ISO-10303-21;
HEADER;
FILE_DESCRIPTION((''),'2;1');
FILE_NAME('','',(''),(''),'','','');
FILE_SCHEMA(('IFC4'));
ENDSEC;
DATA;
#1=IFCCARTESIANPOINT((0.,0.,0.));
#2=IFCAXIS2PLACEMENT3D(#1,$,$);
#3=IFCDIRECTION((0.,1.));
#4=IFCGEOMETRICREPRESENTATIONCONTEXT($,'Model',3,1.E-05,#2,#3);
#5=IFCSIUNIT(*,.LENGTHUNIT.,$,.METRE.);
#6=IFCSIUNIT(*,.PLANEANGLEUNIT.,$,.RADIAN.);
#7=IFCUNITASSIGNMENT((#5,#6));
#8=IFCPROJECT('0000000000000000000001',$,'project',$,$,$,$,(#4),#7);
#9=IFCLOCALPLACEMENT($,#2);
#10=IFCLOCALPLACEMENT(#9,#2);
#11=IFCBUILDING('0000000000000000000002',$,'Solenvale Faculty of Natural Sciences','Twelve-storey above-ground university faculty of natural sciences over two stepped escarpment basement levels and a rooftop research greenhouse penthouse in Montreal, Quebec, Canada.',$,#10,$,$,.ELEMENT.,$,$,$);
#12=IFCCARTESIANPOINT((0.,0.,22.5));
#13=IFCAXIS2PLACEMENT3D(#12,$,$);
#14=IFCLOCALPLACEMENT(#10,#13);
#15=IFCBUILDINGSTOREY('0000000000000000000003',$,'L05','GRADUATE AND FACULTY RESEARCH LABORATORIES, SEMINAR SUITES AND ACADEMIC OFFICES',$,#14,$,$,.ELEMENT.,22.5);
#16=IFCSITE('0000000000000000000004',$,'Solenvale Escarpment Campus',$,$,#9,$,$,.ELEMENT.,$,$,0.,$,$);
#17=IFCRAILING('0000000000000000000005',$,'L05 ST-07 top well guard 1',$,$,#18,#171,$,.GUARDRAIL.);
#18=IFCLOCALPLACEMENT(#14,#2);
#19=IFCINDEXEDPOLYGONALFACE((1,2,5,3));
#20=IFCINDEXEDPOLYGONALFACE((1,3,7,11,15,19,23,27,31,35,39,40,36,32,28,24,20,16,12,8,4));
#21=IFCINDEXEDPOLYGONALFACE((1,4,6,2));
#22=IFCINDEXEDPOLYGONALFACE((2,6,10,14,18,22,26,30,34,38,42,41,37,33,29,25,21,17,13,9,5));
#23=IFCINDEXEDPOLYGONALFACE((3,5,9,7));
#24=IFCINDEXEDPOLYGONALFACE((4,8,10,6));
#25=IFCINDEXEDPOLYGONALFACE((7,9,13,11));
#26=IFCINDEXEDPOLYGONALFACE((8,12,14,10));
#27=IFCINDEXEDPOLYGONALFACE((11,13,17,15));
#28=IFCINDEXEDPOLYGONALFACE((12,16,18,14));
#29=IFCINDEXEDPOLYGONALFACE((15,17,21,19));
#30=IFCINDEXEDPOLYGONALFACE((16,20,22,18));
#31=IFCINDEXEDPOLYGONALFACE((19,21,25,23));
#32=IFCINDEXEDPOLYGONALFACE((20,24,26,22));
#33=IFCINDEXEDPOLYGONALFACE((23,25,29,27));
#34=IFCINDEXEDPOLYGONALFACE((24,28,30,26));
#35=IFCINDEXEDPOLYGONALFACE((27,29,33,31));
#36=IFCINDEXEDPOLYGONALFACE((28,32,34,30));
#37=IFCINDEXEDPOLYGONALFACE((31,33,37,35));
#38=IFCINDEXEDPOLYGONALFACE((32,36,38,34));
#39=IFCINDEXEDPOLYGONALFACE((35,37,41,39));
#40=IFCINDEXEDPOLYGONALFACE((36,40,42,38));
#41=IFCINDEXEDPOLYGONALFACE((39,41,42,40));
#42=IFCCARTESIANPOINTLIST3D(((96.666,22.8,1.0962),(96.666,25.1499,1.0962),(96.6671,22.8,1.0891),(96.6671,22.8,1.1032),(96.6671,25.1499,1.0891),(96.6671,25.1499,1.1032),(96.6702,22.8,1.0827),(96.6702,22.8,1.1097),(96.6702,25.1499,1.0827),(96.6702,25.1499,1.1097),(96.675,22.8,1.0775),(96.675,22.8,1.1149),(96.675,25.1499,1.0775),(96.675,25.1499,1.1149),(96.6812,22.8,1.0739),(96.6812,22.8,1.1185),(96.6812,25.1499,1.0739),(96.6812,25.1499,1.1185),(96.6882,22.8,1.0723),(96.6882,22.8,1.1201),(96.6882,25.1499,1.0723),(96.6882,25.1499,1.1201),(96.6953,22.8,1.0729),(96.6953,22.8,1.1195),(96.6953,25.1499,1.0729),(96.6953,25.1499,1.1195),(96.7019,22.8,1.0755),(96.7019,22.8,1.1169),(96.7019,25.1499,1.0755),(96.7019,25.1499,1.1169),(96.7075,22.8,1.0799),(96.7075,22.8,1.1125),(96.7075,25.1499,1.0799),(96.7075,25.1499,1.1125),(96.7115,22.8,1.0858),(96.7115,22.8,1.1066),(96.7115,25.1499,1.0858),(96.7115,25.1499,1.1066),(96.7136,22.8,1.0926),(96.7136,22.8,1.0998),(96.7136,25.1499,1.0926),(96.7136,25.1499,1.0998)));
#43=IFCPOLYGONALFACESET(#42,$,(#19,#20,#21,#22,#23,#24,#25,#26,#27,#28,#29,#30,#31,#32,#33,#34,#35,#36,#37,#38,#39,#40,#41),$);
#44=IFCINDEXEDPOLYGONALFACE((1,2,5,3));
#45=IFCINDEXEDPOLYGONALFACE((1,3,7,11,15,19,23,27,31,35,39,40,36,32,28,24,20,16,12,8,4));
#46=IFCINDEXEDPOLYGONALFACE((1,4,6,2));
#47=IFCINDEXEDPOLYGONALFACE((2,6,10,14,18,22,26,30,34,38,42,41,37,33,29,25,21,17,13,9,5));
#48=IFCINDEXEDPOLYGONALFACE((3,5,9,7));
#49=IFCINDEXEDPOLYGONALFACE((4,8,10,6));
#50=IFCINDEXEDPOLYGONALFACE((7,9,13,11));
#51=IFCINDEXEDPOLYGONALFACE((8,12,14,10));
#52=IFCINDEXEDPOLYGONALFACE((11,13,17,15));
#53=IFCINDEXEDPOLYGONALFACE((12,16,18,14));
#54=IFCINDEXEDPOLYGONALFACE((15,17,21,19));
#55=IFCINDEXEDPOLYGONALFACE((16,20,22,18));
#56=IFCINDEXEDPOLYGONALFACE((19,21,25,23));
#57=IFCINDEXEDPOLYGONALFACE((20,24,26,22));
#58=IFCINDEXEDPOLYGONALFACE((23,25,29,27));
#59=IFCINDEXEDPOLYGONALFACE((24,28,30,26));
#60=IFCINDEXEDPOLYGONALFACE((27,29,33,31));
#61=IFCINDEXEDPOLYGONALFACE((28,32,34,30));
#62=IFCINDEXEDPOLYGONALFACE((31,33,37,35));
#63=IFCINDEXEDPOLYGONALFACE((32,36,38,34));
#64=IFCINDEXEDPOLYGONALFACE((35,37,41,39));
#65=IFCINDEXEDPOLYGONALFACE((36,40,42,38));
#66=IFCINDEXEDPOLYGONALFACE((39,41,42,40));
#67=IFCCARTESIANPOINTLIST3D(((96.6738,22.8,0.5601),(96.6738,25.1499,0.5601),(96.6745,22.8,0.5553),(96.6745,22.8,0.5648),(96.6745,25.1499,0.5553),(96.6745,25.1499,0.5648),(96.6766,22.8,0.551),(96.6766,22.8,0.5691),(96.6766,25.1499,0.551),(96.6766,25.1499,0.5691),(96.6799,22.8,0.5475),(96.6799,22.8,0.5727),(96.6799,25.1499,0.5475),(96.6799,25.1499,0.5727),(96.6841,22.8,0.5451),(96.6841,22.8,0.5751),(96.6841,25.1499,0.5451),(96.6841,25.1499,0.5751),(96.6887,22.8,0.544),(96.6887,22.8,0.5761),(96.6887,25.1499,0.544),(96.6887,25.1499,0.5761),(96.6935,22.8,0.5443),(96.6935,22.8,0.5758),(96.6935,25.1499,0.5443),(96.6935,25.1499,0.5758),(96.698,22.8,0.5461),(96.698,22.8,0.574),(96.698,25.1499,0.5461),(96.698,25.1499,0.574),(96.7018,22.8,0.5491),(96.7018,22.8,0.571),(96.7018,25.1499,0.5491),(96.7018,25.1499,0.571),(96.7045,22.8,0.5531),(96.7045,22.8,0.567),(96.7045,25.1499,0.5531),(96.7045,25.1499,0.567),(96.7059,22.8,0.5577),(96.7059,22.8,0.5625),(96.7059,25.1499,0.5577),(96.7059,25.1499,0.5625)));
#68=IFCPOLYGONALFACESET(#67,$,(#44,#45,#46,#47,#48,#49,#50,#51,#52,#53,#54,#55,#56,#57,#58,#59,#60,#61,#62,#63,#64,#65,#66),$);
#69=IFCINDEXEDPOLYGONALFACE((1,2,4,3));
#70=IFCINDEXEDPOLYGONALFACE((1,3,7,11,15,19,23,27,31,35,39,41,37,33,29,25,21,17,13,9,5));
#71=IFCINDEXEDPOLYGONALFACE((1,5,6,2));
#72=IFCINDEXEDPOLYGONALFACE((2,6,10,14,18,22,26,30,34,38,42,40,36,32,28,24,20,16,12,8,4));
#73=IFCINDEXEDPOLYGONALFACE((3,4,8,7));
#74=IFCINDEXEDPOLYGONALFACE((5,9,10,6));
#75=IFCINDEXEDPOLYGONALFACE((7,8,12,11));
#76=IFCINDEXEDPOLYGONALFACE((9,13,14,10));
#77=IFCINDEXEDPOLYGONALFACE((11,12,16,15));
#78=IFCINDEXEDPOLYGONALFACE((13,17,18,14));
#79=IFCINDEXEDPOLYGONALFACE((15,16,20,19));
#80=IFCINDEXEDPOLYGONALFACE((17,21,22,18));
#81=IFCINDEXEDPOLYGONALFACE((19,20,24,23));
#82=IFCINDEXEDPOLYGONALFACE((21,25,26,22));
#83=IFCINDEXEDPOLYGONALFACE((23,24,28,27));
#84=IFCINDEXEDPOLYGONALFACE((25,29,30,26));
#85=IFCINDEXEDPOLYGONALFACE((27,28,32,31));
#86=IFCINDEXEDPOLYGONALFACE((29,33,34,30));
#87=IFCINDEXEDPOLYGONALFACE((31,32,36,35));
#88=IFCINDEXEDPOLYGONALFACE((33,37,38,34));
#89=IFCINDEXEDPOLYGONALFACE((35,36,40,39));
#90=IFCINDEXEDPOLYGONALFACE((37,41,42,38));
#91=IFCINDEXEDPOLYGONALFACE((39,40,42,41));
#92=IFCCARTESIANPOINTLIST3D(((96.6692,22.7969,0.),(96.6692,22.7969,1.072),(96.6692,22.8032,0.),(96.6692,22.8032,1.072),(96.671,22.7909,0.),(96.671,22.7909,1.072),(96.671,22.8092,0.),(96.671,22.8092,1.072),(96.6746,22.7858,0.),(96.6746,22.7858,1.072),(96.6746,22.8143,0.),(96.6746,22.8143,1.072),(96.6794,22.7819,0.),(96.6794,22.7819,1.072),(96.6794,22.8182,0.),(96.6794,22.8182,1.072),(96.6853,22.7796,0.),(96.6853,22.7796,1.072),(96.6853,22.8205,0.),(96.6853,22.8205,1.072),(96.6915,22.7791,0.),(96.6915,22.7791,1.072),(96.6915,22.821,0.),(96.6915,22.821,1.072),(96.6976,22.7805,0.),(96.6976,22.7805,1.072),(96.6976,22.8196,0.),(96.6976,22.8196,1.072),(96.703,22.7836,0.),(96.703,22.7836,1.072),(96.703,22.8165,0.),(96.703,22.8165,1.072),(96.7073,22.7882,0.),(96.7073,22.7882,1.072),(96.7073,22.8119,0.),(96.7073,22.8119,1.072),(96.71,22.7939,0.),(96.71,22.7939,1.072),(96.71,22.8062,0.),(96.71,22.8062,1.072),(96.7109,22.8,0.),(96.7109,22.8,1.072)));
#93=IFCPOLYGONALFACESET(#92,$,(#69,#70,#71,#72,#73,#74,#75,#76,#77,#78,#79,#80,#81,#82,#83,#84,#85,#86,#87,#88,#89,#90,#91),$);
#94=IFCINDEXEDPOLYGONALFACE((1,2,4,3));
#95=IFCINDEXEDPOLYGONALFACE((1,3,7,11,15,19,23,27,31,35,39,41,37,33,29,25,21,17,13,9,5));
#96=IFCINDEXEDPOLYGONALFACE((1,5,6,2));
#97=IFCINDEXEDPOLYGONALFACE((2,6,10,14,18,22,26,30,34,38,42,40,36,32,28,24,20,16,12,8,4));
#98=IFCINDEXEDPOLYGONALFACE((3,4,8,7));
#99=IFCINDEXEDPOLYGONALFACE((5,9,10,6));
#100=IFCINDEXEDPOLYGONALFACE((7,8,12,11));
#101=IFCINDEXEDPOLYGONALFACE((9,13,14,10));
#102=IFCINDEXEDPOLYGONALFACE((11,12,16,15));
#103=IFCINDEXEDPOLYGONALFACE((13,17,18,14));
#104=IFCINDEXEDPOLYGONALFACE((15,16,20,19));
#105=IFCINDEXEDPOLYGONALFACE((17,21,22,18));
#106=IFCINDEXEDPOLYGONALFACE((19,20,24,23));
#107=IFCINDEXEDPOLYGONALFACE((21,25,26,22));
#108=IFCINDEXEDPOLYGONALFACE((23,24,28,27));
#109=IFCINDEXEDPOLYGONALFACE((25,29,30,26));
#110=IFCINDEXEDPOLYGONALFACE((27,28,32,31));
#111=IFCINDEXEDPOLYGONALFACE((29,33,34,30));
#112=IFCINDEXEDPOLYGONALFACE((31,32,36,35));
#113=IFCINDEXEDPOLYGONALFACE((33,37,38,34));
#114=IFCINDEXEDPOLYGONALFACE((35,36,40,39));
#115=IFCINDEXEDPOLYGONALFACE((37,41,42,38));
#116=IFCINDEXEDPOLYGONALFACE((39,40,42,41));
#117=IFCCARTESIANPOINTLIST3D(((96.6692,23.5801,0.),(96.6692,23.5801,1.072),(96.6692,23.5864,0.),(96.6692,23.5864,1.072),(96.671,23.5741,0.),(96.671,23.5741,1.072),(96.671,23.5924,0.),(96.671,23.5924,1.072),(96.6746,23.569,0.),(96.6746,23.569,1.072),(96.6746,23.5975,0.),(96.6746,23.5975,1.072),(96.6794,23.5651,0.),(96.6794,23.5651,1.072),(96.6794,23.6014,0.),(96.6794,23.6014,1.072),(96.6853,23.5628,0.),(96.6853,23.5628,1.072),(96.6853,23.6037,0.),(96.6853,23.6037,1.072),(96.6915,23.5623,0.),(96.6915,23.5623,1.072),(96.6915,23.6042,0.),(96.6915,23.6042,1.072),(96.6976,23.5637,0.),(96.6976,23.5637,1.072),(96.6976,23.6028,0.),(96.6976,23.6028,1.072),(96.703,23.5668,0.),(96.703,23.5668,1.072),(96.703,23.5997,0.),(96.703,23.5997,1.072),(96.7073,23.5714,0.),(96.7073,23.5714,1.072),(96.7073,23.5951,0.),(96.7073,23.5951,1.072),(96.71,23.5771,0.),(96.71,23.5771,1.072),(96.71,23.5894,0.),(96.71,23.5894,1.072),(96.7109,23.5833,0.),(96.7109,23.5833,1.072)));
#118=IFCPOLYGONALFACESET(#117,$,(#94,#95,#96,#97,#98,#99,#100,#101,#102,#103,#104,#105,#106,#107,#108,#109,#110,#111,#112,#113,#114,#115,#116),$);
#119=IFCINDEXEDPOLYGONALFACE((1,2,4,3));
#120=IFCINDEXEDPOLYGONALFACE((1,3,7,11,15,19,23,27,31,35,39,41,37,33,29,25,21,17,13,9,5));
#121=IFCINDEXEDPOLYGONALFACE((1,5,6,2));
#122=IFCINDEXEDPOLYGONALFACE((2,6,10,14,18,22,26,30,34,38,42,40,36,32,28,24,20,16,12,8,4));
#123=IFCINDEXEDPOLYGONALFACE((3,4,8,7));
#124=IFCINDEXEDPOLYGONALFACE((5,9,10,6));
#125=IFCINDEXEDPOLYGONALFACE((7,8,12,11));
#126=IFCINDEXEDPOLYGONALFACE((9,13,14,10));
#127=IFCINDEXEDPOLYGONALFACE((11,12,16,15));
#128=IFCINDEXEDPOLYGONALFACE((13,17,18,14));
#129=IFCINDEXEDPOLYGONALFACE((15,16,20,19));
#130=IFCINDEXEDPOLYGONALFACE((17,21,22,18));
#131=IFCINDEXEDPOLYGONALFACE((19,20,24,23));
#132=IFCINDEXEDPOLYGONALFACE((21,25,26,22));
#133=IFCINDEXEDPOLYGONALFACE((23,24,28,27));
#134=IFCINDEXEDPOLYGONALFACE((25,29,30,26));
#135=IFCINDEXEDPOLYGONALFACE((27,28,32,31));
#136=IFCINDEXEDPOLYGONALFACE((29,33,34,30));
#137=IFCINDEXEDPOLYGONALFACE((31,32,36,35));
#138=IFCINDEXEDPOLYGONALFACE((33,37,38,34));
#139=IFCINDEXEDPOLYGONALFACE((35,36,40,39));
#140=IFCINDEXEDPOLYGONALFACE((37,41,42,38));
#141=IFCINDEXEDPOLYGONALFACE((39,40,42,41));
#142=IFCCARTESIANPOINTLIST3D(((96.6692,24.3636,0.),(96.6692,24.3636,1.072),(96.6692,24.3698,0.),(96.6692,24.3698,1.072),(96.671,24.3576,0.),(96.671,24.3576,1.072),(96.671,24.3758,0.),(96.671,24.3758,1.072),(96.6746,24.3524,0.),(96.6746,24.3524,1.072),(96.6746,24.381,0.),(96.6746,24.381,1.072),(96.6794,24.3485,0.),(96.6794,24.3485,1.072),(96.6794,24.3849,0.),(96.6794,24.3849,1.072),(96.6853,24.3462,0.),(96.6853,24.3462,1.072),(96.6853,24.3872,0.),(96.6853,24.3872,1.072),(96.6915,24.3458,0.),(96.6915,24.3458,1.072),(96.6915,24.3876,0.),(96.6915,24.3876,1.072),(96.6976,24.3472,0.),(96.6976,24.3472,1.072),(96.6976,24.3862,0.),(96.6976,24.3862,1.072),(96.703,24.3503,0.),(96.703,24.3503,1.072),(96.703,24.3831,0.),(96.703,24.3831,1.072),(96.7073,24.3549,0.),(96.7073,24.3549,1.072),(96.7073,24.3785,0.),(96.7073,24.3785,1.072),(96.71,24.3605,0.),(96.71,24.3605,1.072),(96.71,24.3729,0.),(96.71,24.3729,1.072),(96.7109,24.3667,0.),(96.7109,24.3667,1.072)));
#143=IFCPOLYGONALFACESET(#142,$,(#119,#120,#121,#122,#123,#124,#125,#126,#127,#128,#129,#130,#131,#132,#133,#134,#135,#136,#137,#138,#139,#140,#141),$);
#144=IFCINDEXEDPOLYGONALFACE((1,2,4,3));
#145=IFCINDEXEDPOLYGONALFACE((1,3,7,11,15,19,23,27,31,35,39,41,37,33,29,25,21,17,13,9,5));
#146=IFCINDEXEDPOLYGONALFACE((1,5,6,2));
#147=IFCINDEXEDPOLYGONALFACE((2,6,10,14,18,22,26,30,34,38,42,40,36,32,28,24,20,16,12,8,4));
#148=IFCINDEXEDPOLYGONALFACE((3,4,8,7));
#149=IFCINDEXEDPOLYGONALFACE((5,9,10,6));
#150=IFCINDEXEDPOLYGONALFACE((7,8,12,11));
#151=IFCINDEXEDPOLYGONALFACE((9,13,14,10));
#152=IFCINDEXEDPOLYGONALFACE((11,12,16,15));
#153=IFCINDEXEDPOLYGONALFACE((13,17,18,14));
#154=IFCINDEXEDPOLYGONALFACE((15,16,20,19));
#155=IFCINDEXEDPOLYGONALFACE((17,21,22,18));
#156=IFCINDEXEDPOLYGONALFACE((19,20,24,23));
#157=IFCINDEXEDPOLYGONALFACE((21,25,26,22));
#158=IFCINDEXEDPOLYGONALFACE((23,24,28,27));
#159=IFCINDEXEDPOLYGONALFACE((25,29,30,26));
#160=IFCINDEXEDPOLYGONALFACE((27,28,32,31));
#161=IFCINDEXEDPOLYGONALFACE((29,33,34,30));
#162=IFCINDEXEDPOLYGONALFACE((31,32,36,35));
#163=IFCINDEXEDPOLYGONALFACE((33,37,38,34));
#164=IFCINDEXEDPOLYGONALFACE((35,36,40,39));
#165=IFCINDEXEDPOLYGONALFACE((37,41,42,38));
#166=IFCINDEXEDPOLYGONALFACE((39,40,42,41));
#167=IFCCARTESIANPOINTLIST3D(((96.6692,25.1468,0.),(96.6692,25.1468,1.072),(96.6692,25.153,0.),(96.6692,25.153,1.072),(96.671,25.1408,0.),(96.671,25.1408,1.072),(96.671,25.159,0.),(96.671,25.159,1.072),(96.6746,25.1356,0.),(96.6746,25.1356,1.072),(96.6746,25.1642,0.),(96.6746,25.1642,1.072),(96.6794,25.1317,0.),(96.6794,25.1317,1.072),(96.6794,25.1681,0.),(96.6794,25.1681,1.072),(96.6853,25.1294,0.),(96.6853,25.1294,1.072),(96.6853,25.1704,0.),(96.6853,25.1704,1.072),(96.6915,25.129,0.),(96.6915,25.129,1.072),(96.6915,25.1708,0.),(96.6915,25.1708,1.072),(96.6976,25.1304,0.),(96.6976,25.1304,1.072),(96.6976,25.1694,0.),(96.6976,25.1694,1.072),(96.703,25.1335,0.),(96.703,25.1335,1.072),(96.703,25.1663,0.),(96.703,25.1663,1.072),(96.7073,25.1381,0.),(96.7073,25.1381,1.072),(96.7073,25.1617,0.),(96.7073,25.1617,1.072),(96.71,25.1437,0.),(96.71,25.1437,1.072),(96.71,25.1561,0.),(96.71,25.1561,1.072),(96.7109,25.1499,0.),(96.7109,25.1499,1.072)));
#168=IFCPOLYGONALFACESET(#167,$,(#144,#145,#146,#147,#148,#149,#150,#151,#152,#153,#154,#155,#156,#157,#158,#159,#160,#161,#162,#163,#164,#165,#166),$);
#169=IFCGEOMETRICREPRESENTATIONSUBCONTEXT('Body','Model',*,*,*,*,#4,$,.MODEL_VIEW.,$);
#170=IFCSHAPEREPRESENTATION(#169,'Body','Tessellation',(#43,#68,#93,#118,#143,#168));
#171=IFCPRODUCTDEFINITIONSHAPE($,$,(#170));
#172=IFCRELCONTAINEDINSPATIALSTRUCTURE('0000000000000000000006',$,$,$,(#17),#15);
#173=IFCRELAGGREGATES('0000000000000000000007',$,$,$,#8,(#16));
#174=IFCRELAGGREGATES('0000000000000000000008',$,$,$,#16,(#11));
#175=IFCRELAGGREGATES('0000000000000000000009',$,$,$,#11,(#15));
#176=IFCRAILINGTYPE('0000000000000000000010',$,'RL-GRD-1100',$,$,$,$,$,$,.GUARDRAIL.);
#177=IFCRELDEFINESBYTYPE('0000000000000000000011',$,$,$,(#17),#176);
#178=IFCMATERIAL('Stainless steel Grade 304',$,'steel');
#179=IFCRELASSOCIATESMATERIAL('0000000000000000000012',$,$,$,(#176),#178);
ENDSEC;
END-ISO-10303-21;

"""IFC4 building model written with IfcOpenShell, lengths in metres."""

from ifc_helpers import new_model, si_unit, direction, frame, origin, origin_2d, place, context, subcontext, project, spatial, circle, extrude, material, type_object, element, save


model = new_model("IFC4")

# Units and contexts
model_context = context("Model", 3, precision=1e-05, world=origin(), true_north=direction((0.0, 1.0)))
body_context = subcontext(model_context, "Body", "Model", "MODEL_VIEW")
ifc_project = project(units=[si_unit("LENGTHUNIT", "METRE"), si_unit("PLANEANGLEUNIT", "RADIAN")], contexts=[model_context])

# Site, building, storey
site_placement = place(None, origin())
site = spatial("IfcSite", under=ifc_project, at=site_placement, Name="Solenvale Escarpment Campus", CompositionType="ELEMENT", RefElevation=0.0)
building_placement = place(site_placement, origin())
building = spatial("IfcBuilding", under=site, at=building_placement, Name="Solenvale Faculty of Natural Sciences", Description="Twelve-storey above-ground university faculty of natural sciences over two stepped escarpment basement levels and a rooftop research greenhouse penthouse in Montreal, Quebec, Canada.", CompositionType="ELEMENT")
storey_placement = place(building_placement, frame((0.0, 0.0, 22.5)))
storey = spatial("IfcBuildingStorey", under=building, at=storey_placement, Name="L05", Description="GRADUATE AND FACULTY RESEARCH LABORATORIES, SEMINAR SUITES AND ACADEMIC OFFICES", CompositionType="ELEMENT", Elevation=22.5)

# Railing
ifc_material_1 = material(Name="Stainless steel Grade 304", Category="steel")
railing_type = type_object("IfcRailingType", Name="RL-GRD-1100", PredefinedType="GUARDRAIL", material=ifc_material_1)
railing_placement = place(storey_placement, frame((96.6899, 22.8, 0.0)))
element("IfcRailing", 1, at=railing_placement, inside=storey, type_object=railing_type, Name="L05 ST-07 top well guard 1", PredefinedType="GUARDRAIL", context=body_context, shape_type="SweptSolid", body=[
    extrude(circle(Radius=0.0239, at=origin_2d()), frame((0.0, 0.0, 1.0962), z_axis=(0.0, 1.0, 0.0), x_axis=(-1.0, 0.0, 0.0)), (0.0, 0.0, 1.0), 2.3499),
    extrude(circle(Radius=0.0161, at=origin_2d()), frame((0.0, 0.0, 0.5601), z_axis=(0.0, 1.0, 0.0), x_axis=(-1.0, 0.0, 0.0)), (0.0, 0.0, 1.0), 2.3499),
    extrude(circle(Radius=0.021, at=origin_2d()), origin(), (0.0, 0.0, 1.0), 1.072),
    extrude(circle(Radius=0.021, at=origin_2d()), frame((0.0, 0.7832, 0.0)), (0.0, 0.0, 1.0), 1.072),
    extrude(circle(Radius=0.021, at=origin_2d()), frame((0.0, 1.5667, 0.0)), (0.0, 0.0, 1.0), 1.072),
    extrude(circle(Radius=0.021, at=origin_2d()), frame((0.0, 2.3499, 0.0)), (0.0, 0.0, 1.0), 1.072),
])

save(model, "model.ifc")
